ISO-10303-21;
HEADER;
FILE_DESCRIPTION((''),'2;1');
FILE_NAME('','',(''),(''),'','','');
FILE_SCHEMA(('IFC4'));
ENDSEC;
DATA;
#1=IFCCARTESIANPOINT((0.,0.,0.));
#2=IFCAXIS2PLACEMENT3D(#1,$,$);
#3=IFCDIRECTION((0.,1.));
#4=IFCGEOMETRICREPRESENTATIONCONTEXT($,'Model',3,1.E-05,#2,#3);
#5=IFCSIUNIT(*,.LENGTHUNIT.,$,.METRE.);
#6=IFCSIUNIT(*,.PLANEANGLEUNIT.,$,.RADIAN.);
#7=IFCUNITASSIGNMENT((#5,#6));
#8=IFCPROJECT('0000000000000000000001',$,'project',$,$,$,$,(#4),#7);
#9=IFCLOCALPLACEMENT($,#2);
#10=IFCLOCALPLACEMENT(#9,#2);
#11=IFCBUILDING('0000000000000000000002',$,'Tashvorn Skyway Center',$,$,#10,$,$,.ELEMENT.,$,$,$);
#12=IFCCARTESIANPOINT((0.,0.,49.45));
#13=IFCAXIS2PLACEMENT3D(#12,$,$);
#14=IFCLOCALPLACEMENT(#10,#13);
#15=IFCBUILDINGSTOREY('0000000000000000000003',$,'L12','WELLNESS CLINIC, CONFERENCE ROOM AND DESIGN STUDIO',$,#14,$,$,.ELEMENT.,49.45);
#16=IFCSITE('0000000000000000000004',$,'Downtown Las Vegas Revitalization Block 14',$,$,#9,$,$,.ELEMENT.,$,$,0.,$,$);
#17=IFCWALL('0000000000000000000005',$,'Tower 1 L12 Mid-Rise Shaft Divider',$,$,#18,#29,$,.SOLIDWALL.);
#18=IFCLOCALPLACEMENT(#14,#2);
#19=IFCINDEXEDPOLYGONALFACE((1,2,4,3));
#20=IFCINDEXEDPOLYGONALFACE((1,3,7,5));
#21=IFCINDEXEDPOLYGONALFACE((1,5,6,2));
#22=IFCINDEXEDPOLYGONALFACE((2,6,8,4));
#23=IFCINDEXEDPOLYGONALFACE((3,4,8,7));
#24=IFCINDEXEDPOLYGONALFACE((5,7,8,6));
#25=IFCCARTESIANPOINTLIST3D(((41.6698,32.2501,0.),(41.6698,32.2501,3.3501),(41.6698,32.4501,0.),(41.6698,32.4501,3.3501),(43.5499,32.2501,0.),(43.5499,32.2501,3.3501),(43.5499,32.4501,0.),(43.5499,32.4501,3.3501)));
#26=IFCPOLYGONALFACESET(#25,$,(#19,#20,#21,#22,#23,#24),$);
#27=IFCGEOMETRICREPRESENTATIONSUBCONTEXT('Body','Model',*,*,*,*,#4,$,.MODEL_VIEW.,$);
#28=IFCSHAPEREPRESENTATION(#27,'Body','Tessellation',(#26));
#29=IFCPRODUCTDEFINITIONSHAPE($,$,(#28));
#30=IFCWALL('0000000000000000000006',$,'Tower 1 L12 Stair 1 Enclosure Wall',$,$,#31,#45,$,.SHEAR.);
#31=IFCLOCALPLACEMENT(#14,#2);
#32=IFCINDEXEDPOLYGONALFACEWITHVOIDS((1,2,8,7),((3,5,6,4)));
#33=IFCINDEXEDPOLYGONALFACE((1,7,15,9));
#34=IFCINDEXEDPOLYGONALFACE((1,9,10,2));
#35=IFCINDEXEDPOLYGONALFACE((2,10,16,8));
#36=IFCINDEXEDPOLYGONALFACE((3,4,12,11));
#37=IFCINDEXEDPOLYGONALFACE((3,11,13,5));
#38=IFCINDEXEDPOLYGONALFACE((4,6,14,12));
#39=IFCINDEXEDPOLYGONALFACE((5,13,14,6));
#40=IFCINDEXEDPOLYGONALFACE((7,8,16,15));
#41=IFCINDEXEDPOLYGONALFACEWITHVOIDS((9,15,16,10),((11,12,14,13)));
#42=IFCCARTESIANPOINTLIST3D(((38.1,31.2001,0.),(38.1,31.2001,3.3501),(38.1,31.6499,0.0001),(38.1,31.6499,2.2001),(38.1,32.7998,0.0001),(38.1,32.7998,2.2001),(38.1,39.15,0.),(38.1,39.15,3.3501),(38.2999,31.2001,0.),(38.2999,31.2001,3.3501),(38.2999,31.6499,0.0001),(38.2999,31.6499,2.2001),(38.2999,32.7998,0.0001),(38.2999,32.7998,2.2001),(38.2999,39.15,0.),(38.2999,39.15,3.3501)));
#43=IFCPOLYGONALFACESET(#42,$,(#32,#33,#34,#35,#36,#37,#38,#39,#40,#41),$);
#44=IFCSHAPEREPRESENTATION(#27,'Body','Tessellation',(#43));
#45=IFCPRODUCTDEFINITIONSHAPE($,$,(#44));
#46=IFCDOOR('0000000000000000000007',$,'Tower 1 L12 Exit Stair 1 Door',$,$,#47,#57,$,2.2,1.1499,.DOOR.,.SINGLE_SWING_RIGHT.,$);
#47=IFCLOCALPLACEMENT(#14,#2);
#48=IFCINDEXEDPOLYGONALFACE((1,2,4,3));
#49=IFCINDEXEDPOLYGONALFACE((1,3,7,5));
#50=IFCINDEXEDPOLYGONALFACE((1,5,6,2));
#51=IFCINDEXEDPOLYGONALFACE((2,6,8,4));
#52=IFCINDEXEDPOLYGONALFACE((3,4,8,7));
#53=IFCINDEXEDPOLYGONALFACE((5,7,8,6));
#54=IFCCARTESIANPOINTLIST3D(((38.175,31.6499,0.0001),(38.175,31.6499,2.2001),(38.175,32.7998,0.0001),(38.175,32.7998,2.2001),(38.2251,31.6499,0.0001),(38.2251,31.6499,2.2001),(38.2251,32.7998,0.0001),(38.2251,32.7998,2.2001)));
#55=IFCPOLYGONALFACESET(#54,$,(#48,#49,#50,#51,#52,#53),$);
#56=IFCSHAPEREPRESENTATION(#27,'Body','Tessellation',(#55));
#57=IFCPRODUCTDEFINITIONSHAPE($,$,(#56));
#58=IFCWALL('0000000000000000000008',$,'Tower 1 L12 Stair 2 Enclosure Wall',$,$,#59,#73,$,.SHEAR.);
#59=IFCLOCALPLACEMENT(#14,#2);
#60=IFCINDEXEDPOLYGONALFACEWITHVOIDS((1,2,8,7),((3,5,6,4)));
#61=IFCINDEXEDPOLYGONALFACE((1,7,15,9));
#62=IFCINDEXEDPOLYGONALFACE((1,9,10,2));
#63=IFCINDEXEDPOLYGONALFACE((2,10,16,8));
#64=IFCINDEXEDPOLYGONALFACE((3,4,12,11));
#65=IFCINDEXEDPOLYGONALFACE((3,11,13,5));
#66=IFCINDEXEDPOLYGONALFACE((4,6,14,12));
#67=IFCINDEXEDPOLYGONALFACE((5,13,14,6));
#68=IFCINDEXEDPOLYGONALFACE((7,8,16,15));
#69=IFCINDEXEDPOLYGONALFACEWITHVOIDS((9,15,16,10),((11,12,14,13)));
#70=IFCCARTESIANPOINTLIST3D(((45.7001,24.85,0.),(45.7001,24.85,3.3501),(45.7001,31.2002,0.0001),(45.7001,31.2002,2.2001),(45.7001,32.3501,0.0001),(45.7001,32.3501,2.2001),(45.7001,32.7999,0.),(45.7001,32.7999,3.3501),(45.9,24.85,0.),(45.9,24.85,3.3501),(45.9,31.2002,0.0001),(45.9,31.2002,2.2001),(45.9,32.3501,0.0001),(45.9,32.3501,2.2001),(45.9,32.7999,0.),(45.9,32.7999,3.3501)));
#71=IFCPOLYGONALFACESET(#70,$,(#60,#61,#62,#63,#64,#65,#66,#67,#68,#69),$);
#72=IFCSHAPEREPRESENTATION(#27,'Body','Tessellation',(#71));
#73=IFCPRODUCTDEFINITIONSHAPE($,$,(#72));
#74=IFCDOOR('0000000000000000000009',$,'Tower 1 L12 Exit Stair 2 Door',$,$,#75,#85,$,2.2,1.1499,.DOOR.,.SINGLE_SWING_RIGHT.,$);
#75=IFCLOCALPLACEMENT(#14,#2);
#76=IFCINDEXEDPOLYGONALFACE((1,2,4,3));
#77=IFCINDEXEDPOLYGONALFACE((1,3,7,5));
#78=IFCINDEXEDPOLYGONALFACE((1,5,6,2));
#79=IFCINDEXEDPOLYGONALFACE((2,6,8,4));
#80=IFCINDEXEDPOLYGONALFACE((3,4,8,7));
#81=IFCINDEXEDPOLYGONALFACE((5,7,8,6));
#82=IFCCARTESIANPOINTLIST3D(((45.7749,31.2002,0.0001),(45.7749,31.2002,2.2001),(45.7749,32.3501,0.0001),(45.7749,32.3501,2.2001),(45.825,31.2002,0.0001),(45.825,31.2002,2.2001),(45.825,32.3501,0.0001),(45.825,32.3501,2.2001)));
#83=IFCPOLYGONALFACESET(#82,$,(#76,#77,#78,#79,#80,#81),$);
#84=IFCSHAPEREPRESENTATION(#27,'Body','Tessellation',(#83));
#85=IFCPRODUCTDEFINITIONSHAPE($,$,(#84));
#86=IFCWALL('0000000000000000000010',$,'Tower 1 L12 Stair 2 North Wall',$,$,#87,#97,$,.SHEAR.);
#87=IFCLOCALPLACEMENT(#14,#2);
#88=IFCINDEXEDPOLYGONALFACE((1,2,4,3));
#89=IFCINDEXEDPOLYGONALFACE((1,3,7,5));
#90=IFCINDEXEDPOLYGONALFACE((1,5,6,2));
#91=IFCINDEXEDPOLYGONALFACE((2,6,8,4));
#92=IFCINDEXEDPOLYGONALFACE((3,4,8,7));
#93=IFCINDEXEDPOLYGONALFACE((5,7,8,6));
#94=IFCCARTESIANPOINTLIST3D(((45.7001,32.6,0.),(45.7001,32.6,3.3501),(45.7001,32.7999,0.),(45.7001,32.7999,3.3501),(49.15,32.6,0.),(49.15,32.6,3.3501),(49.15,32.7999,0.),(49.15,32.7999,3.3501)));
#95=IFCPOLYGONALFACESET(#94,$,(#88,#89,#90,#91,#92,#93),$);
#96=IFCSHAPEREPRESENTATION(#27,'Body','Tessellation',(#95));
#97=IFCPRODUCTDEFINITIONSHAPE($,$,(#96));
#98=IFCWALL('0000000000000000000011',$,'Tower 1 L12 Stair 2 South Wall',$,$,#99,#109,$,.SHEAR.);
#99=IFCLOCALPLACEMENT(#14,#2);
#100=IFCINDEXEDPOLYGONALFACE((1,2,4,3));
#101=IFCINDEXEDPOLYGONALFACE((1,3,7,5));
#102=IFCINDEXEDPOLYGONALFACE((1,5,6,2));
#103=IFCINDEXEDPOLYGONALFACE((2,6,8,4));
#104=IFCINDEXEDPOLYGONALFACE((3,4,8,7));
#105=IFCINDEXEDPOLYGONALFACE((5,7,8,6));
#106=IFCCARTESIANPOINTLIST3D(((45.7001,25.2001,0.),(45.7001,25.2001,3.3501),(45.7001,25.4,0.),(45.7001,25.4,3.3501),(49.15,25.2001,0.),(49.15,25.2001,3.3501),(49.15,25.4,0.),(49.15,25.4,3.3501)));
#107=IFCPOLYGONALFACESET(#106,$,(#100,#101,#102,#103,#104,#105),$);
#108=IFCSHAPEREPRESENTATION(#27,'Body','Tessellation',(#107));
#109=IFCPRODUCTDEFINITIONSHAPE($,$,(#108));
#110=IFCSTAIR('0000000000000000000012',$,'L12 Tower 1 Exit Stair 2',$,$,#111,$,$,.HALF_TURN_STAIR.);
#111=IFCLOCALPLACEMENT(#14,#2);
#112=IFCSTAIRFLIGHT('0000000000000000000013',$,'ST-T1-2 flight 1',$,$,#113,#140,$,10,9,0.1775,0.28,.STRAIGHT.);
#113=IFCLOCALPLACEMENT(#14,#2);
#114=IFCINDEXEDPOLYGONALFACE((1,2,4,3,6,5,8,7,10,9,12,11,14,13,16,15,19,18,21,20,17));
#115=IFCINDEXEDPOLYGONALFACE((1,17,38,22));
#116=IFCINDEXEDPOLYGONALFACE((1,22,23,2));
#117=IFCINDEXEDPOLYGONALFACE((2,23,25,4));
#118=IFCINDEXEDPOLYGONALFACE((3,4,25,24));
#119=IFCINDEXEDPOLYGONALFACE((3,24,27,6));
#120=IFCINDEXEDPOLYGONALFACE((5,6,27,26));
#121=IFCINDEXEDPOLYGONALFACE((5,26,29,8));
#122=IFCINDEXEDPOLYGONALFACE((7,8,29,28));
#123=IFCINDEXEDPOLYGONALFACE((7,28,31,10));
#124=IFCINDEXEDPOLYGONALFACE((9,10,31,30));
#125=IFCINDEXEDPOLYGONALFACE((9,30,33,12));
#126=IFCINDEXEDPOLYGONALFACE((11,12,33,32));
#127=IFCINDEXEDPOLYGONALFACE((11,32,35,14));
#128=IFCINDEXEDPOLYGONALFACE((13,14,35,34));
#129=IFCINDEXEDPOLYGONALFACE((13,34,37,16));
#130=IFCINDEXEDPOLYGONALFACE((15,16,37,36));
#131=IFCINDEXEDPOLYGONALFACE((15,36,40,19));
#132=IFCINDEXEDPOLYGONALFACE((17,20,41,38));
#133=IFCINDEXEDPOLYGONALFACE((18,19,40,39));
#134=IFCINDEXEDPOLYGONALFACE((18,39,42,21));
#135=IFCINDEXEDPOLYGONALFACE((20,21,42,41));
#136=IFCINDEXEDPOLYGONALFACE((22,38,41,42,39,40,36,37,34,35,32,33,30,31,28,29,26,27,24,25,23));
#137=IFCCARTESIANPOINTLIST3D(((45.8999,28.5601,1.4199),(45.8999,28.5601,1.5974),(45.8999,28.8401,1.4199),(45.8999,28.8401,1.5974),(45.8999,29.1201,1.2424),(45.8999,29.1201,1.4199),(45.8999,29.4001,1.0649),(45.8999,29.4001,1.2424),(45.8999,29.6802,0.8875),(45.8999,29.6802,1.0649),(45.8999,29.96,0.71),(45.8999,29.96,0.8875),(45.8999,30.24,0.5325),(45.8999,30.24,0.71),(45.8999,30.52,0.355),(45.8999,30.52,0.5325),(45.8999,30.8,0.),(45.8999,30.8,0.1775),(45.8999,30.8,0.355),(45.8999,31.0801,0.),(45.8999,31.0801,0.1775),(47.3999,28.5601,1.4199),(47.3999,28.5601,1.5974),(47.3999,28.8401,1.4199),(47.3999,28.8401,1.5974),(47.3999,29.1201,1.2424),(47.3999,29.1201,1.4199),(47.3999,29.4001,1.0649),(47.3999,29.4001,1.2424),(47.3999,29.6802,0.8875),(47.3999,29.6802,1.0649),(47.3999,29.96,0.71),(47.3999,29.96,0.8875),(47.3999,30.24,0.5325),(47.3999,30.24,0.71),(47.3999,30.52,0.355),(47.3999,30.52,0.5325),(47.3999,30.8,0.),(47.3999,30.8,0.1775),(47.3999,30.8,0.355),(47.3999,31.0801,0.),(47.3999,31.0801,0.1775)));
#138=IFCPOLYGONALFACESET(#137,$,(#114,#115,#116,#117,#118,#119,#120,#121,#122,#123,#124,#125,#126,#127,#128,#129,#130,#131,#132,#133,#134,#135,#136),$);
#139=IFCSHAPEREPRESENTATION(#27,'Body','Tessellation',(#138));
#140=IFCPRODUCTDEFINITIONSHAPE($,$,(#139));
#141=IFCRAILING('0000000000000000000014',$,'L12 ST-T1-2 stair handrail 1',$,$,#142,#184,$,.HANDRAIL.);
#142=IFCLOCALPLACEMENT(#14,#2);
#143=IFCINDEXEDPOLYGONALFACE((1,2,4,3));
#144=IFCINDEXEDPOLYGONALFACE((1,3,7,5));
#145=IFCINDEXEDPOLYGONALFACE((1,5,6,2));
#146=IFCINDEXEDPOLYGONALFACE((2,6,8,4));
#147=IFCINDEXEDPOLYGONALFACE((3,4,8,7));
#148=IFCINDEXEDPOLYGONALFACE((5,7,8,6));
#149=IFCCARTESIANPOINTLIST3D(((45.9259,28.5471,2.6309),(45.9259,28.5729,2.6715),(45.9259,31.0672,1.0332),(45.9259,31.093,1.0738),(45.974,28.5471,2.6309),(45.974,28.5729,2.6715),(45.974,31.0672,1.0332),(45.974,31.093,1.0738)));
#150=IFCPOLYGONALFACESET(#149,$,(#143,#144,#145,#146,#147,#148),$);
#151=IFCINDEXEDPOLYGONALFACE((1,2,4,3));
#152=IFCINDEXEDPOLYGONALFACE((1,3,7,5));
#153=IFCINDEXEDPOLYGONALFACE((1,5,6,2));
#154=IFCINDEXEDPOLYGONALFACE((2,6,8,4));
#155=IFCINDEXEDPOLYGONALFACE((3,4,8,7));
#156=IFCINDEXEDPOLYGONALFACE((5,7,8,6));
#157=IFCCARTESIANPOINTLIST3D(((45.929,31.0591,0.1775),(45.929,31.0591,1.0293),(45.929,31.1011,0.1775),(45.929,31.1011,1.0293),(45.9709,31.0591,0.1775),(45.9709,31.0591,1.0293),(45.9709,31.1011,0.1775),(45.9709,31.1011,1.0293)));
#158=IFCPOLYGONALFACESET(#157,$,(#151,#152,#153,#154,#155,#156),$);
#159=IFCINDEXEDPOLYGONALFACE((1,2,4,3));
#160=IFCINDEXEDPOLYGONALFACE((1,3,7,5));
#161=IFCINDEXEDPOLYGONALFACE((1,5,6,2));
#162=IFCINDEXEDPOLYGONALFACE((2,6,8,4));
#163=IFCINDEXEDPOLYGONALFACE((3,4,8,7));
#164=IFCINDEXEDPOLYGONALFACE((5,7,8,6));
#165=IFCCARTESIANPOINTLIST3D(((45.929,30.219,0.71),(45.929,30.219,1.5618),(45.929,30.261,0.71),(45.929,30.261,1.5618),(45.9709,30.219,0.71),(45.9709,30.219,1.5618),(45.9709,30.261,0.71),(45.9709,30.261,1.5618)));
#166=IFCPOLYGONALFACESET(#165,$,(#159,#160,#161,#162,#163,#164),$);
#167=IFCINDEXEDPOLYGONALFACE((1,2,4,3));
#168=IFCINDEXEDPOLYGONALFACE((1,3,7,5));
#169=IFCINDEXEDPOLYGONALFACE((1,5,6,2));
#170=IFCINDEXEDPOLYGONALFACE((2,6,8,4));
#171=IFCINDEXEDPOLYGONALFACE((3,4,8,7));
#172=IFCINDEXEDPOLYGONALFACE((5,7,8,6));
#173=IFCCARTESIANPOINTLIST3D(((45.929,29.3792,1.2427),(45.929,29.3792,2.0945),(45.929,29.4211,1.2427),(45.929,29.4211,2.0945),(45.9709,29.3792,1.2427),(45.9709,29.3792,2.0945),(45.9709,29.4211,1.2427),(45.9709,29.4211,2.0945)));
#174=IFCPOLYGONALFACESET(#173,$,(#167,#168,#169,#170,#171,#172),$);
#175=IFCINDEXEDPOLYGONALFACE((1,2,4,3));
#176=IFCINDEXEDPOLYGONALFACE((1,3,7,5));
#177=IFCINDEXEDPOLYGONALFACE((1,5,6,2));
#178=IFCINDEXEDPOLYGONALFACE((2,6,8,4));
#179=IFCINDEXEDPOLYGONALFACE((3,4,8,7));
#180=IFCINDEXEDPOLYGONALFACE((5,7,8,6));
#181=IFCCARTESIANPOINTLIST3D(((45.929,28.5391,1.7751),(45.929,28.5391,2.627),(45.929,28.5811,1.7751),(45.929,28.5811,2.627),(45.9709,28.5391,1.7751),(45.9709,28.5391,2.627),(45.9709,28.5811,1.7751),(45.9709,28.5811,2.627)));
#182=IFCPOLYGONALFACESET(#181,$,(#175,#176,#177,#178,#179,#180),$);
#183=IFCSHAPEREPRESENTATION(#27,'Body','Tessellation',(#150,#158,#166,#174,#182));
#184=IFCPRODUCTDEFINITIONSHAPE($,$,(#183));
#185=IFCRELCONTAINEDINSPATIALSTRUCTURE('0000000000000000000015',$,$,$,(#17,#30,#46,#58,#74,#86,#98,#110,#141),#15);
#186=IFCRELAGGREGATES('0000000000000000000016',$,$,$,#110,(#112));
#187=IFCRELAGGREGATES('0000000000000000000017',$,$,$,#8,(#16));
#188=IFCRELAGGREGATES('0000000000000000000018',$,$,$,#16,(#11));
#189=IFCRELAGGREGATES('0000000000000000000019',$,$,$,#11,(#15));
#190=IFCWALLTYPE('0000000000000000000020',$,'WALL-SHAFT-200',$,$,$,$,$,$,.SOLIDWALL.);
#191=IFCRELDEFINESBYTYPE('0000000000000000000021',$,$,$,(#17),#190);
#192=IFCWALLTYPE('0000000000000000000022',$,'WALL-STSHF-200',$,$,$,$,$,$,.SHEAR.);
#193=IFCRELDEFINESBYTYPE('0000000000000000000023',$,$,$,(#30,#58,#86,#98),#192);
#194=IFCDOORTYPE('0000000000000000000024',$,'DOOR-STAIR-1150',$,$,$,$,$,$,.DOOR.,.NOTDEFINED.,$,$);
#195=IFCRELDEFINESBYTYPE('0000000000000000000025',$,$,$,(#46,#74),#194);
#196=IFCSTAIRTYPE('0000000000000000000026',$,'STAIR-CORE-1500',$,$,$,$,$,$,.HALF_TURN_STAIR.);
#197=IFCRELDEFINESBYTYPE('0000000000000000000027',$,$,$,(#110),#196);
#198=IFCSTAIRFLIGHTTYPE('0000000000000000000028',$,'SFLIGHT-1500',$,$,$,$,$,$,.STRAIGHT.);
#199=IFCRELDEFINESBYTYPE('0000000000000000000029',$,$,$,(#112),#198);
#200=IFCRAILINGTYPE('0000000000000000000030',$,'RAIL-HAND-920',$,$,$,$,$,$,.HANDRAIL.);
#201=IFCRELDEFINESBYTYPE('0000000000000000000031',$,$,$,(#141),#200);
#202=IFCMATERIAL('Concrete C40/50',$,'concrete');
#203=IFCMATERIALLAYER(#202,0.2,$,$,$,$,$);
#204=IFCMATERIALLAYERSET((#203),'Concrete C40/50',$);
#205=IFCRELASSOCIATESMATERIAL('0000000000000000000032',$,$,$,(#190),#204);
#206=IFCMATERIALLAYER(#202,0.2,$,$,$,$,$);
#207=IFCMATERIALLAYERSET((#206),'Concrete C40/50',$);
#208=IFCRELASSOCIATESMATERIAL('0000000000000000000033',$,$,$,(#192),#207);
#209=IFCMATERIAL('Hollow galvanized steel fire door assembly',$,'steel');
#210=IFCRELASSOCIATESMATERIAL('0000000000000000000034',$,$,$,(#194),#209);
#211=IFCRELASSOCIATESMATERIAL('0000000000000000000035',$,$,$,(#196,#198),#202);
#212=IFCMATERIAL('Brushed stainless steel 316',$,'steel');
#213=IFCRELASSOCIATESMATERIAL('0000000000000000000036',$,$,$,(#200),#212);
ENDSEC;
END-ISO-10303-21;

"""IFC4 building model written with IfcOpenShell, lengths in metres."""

from ifc_helpers import new_model, si_unit, direction, frame, frame_2d, origin, origin_2d, place, context, subcontext, project, spatial, polyline, rectangle, outline, extrude, material, layer, layer_set, type_object, element, fill, aggregate, save


model = new_model("IFC4")

# Units and contexts
model_context = context("Model", 3, precision=1e-05, world=origin(), true_north=direction((0.0, 1.0)))
body_context = subcontext(model_context, "Body", "Model", "MODEL_VIEW")
ifc_project = project(units=[si_unit("LENGTHUNIT", "METRE"), si_unit("PLANEANGLEUNIT", "RADIAN")], contexts=[model_context])

# Site, building, storey
site_placement = place(None, origin())
site = spatial("IfcSite", under=ifc_project, at=site_placement, Name="Downtown Las Vegas Revitalization Block 14", CompositionType="ELEMENT", RefElevation=0.0)
building_placement = place(site_placement, origin())
building = spatial("IfcBuilding", under=site, at=building_placement, Name="Tashvorn Skyway Center", CompositionType="ELEMENT")
storey_placement = place(building_placement, frame((0.0, 0.0, 49.45)))
storey = spatial("IfcBuildingStorey", under=building, at=storey_placement, Name="L12", Description="WELLNESS CLINIC, CONFERENCE ROOM AND DESIGN STUDIO", CompositionType="ELEMENT", Elevation=49.45)

# Shared definitions
ifc_material_1 = material(Name="Concrete C40/50", Category="concrete")
ifc_material_2 = material(Name="Hollow galvanized steel fire door assembly", Category="steel")

# Shared definitions
ifc_layer_1 = layer(ifc_material_1, 0.2)
ifc_layer_set_1 = layer_set([ifc_layer_1], Name="Concrete C40/50")
wall_type_1 = type_object("IfcWallType", Name="WALL-SHAFT-200", PredefinedType="SOLIDWALL", material=ifc_layer_set_1)

# Wall
wall_1_placement = place(storey_placement, frame((41.6699, 32.3501, 0.0), z_axis=(0.0, 0.0, 1.0), x_axis=(1.0, 0.0, 0.0)))
element("IfcWall", 1, at=wall_1_placement, inside=storey, type_object=wall_type_1, Name="Tower 1 L12 Mid-Rise Shaft Divider", PredefinedType="SOLIDWALL", context=body_context, shape_type="SweptSolid", body=[
    extrude(rectangle(XDim=1.8801, YDim=0.2, at=frame_2d((0.9399, 0.0))), origin(), (0.0, 0.0, 1.0), 3.3501),
])

# Walls, openings, doors
ifc_layer_2 = layer(ifc_material_1, 0.2)
ifc_layer_set_2 = layer_set([ifc_layer_2], Name="Concrete C40/50")
wall_type_2 = type_object("IfcWallType", Name="WALL-STSHF-200", PredefinedType="SHEAR", material=ifc_layer_set_2)
wall_2_placement = place(storey_placement, frame((38.2, 31.2, 0.0), z_axis=(0.0, 0.0, 1.0), x_axis=(0.0, 1.0, 0.0)))
wall_2 = element("IfcWall", 2, at=wall_2_placement, inside=storey, type_object=wall_type_2, Name="Tower 1 L12 Stair 1 Enclosure Wall", PredefinedType="SHEAR", context=body_context, shape_type="SweptSolid", body=[
    extrude(rectangle(XDim=7.95, YDim=0.2, at=frame_2d((3.9751, 0.0))), origin(), (0.0, 0.0, 1.0), 3.3501),
])
opening_1_placement = place(wall_2_placement, frame((0.45, 0.0, 0.0)))
opening_1 = element("IfcOpeningElement", 3, at=opening_1_placement, cuts=wall_2, PredefinedType="OPENING", context=body_context, shape_type="SweptSolid", body=[
    extrude(rectangle(XDim=1.1499, YDim=2.2, at=frame_2d((0.575, 1.1001))), frame((0.0, 0.1099, 0.0), z_axis=(0.0, -1.0, 0.0), x_axis=(1.0, 0.0, 0.0)), (0.0, 0.0, 1.0), 0.22),
])
door_type_1 = type_object("IfcDoorType", Name="DOOR-STAIR-1150", OperationType="NOTDEFINED", PredefinedType="DOOR", material=ifc_material_2)
door_1_placement = place(opening_1_placement, origin())
door_1 = element("IfcDoor", 4, at=door_1_placement, inside=storey, type_object=door_type_1, Name="Tower 1 L12 Exit Stair 1 Door", OperationType="SINGLE_SWING_RIGHT", OverallHeight=2.2, OverallWidth=1.1499, PredefinedType="DOOR", context=body_context, shape_type="SweptSolid", body=[
    extrude(rectangle(XDim=1.1499, YDim=2.2, at=frame_2d((0.575, 1.1001))), frame((0.0, 0.0249, 0.0), z_axis=(0.0, -1.0, 0.0), x_axis=(1.0, 0.0, 0.0)), (0.0, 0.0, 1.0), 0.05),
])
fill(opening_1, door_1)
wall_3_placement = place(storey_placement, frame((45.8, 32.8, 0.0), z_axis=(0.0, 0.0, 1.0), x_axis=(0.0, -1.0, 0.0)))
wall_3 = element("IfcWall", 5, at=wall_3_placement, inside=storey, type_object=wall_type_2, Name="Tower 1 L12 Stair 2 Enclosure Wall", PredefinedType="SHEAR", context=body_context, shape_type="SweptSolid", body=[
    extrude(rectangle(XDim=7.95, YDim=0.2, at=frame_2d((3.9751, 0.0))), origin(), (0.0, 0.0, 1.0), 3.3501),
])
opening_2_placement = place(wall_3_placement, frame((0.45, 0.0, 0.0)))
opening_2 = element("IfcOpeningElement", 6, at=opening_2_placement, cuts=wall_3, PredefinedType="OPENING", context=body_context, shape_type="SweptSolid", body=[
    extrude(rectangle(XDim=1.1499, YDim=2.2, at=frame_2d((0.575, 1.1001))), frame((0.0, 0.1099, 0.0), z_axis=(0.0, -1.0, 0.0), x_axis=(1.0, 0.0, 0.0)), (0.0, 0.0, 1.0), 0.22),
])
door_2_placement = place(opening_2_placement, origin())
door_2 = element("IfcDoor", 7, at=door_2_placement, inside=storey, type_object=door_type_1, Name="Tower 1 L12 Exit Stair 2 Door", OperationType="SINGLE_SWING_RIGHT", OverallHeight=2.2, OverallWidth=1.1499, PredefinedType="DOOR", context=body_context, shape_type="SweptSolid", body=[
    extrude(rectangle(XDim=1.1499, YDim=2.2, at=frame_2d((0.575, 1.1001))), frame((0.0, 0.0249, 0.0), z_axis=(0.0, -1.0, 0.0), x_axis=(1.0, 0.0, 0.0)), (0.0, 0.0, 1.0), 0.05),
])
fill(opening_2, door_2)

# Walls
for number, where, z_axis, x_axis, name in (
    (8, (45.7, 32.7, 0.0), (0.0, 0.0, 1.0), (1.0, 0.0, 0.0), "Tower 1 L12 Stair 2 North Wall"),
    (9, (45.7, 25.3, 0.0), (0.0, 0.0, 1.0), (1.0, 0.0, 0.0), "Tower 1 L12 Stair 2 South Wall"),
):
    element("IfcWall", number, at=place(storey_placement, frame(where, z_axis=z_axis, x_axis=x_axis)), inside=storey, type_object=wall_type_2, Name=name, PredefinedType="SHEAR", context=body_context, shape_type="SweptSolid", body=[
        extrude(rectangle(XDim=3.45, YDim=0.2, at=frame_2d((1.7251, 0.0))), origin(), (0.0, 0.0, 1.0), 3.3501),
    ])

# Stair, stair flight
stair_type = type_object("IfcStairType", Name="STAIR-CORE-1500", PredefinedType="HALF_TURN_STAIR", material=ifc_material_1)
stair_placement = place(storey_placement, origin())
stair = element("IfcStair", 10, at=stair_placement, inside=storey, type_object=stair_type, Name="L12 Tower 1 Exit Stair 2", PredefinedType="HALF_TURN_STAIR")
stair_flight_type = type_object("IfcStairFlightType", Name="SFLIGHT-1500", PredefinedType="STRAIGHT", material=ifc_material_1)
stair_flight_placement = place(storey_placement, frame((46.6499, 31.0801, 0.0), z_axis=(0.0, 0.0, 1.0), x_axis=(0.0, -1.0, 0.0)))
stair_flight = element("IfcStairFlight", 11, at=stair_flight_placement, type_object=stair_flight_type, Name="ST-T1-2 flight 1", NumberOfRisers=10, NumberOfTreads=9, PredefinedType="STRAIGHT", RiserHeight=0.1775, TreadLength=0.28, context=body_context, shape_type="SweptSolid", body=[
    extrude(outline(polyline([(0.0, 0.0), (0.0, 0.1775), (0.28, 0.1775), (0.28, 0.355), (0.5601, 0.355), (0.5601, 0.5325), (0.8401, 0.5325), (0.8401, 0.71), (1.1201, 0.71), (1.1201, 0.8875), (1.3999, 0.8875), (1.3999, 1.0649), (1.6799, 1.0649), (1.6799, 1.2424), (1.96, 1.2424), (1.96, 1.4199), (2.24, 1.4199), (2.24, 1.5974), (2.52, 1.5974), (2.52, 1.7749), (2.52, 1.4199), (0.28, 0.0), (0.0, 0.0)])), frame((0.0, 0.75, 0.0), z_axis=(0.0, -1.0, 0.0), x_axis=(1.0, 0.0, 0.0)), (0.0, 0.0, 1.0), 1.5),
])
aggregate(stair, [stair_flight])

# Railing
ifc_material_3 = material(Name="Brushed stainless steel 316", Category="steel")
railing_type_1 = type_object("IfcRailingType", Name="RAIL-HAND-920", PredefinedType="HANDRAIL", material=ifc_material_3)
railing_1_placement = place(storey_placement, frame((45.95, 31.0801, 0.1775)))
element("IfcRailing", 12, at=railing_1_placement, inside=storey, type_object=railing_type_1, Name="L12 ST-T1-2 stair handrail 1", PredefinedType="HANDRAIL", context=body_context, shape_type="SweptSolid", body=[
    extrude(rectangle(XDim=0.0481, YDim=0.0481, at=origin_2d()), frame((0.0, 0.0, 0.876), z_axis=(0.0, -0.84457, 0.535445), x_axis=(1.0, 0.0, 0.0)), (0.0, 0.0, 1.0), 2.9839),
    extrude(rectangle(XDim=0.042, YDim=0.042, at=origin_2d()), origin(), (0.0, 0.0, 1.0), 0.8518),
    extrude(rectangle(XDim=0.042, YDim=0.042, at=origin_2d()), frame((0.0, -0.8401, 0.5325)), (0.0, 0.0, 1.0), 0.8518),
    extrude(rectangle(XDim=0.042, YDim=0.042, at=origin_2d()), frame((0.0, -1.6799, 1.0652)), (0.0, 0.0, 1.0), 0.8518),
    extrude(rectangle(XDim=0.042, YDim=0.042, at=origin_2d()), frame((0.0, -2.52, 1.5977)), (0.0, 0.0, 1.0), 0.8518),
])

save(model, "model.ifc")
